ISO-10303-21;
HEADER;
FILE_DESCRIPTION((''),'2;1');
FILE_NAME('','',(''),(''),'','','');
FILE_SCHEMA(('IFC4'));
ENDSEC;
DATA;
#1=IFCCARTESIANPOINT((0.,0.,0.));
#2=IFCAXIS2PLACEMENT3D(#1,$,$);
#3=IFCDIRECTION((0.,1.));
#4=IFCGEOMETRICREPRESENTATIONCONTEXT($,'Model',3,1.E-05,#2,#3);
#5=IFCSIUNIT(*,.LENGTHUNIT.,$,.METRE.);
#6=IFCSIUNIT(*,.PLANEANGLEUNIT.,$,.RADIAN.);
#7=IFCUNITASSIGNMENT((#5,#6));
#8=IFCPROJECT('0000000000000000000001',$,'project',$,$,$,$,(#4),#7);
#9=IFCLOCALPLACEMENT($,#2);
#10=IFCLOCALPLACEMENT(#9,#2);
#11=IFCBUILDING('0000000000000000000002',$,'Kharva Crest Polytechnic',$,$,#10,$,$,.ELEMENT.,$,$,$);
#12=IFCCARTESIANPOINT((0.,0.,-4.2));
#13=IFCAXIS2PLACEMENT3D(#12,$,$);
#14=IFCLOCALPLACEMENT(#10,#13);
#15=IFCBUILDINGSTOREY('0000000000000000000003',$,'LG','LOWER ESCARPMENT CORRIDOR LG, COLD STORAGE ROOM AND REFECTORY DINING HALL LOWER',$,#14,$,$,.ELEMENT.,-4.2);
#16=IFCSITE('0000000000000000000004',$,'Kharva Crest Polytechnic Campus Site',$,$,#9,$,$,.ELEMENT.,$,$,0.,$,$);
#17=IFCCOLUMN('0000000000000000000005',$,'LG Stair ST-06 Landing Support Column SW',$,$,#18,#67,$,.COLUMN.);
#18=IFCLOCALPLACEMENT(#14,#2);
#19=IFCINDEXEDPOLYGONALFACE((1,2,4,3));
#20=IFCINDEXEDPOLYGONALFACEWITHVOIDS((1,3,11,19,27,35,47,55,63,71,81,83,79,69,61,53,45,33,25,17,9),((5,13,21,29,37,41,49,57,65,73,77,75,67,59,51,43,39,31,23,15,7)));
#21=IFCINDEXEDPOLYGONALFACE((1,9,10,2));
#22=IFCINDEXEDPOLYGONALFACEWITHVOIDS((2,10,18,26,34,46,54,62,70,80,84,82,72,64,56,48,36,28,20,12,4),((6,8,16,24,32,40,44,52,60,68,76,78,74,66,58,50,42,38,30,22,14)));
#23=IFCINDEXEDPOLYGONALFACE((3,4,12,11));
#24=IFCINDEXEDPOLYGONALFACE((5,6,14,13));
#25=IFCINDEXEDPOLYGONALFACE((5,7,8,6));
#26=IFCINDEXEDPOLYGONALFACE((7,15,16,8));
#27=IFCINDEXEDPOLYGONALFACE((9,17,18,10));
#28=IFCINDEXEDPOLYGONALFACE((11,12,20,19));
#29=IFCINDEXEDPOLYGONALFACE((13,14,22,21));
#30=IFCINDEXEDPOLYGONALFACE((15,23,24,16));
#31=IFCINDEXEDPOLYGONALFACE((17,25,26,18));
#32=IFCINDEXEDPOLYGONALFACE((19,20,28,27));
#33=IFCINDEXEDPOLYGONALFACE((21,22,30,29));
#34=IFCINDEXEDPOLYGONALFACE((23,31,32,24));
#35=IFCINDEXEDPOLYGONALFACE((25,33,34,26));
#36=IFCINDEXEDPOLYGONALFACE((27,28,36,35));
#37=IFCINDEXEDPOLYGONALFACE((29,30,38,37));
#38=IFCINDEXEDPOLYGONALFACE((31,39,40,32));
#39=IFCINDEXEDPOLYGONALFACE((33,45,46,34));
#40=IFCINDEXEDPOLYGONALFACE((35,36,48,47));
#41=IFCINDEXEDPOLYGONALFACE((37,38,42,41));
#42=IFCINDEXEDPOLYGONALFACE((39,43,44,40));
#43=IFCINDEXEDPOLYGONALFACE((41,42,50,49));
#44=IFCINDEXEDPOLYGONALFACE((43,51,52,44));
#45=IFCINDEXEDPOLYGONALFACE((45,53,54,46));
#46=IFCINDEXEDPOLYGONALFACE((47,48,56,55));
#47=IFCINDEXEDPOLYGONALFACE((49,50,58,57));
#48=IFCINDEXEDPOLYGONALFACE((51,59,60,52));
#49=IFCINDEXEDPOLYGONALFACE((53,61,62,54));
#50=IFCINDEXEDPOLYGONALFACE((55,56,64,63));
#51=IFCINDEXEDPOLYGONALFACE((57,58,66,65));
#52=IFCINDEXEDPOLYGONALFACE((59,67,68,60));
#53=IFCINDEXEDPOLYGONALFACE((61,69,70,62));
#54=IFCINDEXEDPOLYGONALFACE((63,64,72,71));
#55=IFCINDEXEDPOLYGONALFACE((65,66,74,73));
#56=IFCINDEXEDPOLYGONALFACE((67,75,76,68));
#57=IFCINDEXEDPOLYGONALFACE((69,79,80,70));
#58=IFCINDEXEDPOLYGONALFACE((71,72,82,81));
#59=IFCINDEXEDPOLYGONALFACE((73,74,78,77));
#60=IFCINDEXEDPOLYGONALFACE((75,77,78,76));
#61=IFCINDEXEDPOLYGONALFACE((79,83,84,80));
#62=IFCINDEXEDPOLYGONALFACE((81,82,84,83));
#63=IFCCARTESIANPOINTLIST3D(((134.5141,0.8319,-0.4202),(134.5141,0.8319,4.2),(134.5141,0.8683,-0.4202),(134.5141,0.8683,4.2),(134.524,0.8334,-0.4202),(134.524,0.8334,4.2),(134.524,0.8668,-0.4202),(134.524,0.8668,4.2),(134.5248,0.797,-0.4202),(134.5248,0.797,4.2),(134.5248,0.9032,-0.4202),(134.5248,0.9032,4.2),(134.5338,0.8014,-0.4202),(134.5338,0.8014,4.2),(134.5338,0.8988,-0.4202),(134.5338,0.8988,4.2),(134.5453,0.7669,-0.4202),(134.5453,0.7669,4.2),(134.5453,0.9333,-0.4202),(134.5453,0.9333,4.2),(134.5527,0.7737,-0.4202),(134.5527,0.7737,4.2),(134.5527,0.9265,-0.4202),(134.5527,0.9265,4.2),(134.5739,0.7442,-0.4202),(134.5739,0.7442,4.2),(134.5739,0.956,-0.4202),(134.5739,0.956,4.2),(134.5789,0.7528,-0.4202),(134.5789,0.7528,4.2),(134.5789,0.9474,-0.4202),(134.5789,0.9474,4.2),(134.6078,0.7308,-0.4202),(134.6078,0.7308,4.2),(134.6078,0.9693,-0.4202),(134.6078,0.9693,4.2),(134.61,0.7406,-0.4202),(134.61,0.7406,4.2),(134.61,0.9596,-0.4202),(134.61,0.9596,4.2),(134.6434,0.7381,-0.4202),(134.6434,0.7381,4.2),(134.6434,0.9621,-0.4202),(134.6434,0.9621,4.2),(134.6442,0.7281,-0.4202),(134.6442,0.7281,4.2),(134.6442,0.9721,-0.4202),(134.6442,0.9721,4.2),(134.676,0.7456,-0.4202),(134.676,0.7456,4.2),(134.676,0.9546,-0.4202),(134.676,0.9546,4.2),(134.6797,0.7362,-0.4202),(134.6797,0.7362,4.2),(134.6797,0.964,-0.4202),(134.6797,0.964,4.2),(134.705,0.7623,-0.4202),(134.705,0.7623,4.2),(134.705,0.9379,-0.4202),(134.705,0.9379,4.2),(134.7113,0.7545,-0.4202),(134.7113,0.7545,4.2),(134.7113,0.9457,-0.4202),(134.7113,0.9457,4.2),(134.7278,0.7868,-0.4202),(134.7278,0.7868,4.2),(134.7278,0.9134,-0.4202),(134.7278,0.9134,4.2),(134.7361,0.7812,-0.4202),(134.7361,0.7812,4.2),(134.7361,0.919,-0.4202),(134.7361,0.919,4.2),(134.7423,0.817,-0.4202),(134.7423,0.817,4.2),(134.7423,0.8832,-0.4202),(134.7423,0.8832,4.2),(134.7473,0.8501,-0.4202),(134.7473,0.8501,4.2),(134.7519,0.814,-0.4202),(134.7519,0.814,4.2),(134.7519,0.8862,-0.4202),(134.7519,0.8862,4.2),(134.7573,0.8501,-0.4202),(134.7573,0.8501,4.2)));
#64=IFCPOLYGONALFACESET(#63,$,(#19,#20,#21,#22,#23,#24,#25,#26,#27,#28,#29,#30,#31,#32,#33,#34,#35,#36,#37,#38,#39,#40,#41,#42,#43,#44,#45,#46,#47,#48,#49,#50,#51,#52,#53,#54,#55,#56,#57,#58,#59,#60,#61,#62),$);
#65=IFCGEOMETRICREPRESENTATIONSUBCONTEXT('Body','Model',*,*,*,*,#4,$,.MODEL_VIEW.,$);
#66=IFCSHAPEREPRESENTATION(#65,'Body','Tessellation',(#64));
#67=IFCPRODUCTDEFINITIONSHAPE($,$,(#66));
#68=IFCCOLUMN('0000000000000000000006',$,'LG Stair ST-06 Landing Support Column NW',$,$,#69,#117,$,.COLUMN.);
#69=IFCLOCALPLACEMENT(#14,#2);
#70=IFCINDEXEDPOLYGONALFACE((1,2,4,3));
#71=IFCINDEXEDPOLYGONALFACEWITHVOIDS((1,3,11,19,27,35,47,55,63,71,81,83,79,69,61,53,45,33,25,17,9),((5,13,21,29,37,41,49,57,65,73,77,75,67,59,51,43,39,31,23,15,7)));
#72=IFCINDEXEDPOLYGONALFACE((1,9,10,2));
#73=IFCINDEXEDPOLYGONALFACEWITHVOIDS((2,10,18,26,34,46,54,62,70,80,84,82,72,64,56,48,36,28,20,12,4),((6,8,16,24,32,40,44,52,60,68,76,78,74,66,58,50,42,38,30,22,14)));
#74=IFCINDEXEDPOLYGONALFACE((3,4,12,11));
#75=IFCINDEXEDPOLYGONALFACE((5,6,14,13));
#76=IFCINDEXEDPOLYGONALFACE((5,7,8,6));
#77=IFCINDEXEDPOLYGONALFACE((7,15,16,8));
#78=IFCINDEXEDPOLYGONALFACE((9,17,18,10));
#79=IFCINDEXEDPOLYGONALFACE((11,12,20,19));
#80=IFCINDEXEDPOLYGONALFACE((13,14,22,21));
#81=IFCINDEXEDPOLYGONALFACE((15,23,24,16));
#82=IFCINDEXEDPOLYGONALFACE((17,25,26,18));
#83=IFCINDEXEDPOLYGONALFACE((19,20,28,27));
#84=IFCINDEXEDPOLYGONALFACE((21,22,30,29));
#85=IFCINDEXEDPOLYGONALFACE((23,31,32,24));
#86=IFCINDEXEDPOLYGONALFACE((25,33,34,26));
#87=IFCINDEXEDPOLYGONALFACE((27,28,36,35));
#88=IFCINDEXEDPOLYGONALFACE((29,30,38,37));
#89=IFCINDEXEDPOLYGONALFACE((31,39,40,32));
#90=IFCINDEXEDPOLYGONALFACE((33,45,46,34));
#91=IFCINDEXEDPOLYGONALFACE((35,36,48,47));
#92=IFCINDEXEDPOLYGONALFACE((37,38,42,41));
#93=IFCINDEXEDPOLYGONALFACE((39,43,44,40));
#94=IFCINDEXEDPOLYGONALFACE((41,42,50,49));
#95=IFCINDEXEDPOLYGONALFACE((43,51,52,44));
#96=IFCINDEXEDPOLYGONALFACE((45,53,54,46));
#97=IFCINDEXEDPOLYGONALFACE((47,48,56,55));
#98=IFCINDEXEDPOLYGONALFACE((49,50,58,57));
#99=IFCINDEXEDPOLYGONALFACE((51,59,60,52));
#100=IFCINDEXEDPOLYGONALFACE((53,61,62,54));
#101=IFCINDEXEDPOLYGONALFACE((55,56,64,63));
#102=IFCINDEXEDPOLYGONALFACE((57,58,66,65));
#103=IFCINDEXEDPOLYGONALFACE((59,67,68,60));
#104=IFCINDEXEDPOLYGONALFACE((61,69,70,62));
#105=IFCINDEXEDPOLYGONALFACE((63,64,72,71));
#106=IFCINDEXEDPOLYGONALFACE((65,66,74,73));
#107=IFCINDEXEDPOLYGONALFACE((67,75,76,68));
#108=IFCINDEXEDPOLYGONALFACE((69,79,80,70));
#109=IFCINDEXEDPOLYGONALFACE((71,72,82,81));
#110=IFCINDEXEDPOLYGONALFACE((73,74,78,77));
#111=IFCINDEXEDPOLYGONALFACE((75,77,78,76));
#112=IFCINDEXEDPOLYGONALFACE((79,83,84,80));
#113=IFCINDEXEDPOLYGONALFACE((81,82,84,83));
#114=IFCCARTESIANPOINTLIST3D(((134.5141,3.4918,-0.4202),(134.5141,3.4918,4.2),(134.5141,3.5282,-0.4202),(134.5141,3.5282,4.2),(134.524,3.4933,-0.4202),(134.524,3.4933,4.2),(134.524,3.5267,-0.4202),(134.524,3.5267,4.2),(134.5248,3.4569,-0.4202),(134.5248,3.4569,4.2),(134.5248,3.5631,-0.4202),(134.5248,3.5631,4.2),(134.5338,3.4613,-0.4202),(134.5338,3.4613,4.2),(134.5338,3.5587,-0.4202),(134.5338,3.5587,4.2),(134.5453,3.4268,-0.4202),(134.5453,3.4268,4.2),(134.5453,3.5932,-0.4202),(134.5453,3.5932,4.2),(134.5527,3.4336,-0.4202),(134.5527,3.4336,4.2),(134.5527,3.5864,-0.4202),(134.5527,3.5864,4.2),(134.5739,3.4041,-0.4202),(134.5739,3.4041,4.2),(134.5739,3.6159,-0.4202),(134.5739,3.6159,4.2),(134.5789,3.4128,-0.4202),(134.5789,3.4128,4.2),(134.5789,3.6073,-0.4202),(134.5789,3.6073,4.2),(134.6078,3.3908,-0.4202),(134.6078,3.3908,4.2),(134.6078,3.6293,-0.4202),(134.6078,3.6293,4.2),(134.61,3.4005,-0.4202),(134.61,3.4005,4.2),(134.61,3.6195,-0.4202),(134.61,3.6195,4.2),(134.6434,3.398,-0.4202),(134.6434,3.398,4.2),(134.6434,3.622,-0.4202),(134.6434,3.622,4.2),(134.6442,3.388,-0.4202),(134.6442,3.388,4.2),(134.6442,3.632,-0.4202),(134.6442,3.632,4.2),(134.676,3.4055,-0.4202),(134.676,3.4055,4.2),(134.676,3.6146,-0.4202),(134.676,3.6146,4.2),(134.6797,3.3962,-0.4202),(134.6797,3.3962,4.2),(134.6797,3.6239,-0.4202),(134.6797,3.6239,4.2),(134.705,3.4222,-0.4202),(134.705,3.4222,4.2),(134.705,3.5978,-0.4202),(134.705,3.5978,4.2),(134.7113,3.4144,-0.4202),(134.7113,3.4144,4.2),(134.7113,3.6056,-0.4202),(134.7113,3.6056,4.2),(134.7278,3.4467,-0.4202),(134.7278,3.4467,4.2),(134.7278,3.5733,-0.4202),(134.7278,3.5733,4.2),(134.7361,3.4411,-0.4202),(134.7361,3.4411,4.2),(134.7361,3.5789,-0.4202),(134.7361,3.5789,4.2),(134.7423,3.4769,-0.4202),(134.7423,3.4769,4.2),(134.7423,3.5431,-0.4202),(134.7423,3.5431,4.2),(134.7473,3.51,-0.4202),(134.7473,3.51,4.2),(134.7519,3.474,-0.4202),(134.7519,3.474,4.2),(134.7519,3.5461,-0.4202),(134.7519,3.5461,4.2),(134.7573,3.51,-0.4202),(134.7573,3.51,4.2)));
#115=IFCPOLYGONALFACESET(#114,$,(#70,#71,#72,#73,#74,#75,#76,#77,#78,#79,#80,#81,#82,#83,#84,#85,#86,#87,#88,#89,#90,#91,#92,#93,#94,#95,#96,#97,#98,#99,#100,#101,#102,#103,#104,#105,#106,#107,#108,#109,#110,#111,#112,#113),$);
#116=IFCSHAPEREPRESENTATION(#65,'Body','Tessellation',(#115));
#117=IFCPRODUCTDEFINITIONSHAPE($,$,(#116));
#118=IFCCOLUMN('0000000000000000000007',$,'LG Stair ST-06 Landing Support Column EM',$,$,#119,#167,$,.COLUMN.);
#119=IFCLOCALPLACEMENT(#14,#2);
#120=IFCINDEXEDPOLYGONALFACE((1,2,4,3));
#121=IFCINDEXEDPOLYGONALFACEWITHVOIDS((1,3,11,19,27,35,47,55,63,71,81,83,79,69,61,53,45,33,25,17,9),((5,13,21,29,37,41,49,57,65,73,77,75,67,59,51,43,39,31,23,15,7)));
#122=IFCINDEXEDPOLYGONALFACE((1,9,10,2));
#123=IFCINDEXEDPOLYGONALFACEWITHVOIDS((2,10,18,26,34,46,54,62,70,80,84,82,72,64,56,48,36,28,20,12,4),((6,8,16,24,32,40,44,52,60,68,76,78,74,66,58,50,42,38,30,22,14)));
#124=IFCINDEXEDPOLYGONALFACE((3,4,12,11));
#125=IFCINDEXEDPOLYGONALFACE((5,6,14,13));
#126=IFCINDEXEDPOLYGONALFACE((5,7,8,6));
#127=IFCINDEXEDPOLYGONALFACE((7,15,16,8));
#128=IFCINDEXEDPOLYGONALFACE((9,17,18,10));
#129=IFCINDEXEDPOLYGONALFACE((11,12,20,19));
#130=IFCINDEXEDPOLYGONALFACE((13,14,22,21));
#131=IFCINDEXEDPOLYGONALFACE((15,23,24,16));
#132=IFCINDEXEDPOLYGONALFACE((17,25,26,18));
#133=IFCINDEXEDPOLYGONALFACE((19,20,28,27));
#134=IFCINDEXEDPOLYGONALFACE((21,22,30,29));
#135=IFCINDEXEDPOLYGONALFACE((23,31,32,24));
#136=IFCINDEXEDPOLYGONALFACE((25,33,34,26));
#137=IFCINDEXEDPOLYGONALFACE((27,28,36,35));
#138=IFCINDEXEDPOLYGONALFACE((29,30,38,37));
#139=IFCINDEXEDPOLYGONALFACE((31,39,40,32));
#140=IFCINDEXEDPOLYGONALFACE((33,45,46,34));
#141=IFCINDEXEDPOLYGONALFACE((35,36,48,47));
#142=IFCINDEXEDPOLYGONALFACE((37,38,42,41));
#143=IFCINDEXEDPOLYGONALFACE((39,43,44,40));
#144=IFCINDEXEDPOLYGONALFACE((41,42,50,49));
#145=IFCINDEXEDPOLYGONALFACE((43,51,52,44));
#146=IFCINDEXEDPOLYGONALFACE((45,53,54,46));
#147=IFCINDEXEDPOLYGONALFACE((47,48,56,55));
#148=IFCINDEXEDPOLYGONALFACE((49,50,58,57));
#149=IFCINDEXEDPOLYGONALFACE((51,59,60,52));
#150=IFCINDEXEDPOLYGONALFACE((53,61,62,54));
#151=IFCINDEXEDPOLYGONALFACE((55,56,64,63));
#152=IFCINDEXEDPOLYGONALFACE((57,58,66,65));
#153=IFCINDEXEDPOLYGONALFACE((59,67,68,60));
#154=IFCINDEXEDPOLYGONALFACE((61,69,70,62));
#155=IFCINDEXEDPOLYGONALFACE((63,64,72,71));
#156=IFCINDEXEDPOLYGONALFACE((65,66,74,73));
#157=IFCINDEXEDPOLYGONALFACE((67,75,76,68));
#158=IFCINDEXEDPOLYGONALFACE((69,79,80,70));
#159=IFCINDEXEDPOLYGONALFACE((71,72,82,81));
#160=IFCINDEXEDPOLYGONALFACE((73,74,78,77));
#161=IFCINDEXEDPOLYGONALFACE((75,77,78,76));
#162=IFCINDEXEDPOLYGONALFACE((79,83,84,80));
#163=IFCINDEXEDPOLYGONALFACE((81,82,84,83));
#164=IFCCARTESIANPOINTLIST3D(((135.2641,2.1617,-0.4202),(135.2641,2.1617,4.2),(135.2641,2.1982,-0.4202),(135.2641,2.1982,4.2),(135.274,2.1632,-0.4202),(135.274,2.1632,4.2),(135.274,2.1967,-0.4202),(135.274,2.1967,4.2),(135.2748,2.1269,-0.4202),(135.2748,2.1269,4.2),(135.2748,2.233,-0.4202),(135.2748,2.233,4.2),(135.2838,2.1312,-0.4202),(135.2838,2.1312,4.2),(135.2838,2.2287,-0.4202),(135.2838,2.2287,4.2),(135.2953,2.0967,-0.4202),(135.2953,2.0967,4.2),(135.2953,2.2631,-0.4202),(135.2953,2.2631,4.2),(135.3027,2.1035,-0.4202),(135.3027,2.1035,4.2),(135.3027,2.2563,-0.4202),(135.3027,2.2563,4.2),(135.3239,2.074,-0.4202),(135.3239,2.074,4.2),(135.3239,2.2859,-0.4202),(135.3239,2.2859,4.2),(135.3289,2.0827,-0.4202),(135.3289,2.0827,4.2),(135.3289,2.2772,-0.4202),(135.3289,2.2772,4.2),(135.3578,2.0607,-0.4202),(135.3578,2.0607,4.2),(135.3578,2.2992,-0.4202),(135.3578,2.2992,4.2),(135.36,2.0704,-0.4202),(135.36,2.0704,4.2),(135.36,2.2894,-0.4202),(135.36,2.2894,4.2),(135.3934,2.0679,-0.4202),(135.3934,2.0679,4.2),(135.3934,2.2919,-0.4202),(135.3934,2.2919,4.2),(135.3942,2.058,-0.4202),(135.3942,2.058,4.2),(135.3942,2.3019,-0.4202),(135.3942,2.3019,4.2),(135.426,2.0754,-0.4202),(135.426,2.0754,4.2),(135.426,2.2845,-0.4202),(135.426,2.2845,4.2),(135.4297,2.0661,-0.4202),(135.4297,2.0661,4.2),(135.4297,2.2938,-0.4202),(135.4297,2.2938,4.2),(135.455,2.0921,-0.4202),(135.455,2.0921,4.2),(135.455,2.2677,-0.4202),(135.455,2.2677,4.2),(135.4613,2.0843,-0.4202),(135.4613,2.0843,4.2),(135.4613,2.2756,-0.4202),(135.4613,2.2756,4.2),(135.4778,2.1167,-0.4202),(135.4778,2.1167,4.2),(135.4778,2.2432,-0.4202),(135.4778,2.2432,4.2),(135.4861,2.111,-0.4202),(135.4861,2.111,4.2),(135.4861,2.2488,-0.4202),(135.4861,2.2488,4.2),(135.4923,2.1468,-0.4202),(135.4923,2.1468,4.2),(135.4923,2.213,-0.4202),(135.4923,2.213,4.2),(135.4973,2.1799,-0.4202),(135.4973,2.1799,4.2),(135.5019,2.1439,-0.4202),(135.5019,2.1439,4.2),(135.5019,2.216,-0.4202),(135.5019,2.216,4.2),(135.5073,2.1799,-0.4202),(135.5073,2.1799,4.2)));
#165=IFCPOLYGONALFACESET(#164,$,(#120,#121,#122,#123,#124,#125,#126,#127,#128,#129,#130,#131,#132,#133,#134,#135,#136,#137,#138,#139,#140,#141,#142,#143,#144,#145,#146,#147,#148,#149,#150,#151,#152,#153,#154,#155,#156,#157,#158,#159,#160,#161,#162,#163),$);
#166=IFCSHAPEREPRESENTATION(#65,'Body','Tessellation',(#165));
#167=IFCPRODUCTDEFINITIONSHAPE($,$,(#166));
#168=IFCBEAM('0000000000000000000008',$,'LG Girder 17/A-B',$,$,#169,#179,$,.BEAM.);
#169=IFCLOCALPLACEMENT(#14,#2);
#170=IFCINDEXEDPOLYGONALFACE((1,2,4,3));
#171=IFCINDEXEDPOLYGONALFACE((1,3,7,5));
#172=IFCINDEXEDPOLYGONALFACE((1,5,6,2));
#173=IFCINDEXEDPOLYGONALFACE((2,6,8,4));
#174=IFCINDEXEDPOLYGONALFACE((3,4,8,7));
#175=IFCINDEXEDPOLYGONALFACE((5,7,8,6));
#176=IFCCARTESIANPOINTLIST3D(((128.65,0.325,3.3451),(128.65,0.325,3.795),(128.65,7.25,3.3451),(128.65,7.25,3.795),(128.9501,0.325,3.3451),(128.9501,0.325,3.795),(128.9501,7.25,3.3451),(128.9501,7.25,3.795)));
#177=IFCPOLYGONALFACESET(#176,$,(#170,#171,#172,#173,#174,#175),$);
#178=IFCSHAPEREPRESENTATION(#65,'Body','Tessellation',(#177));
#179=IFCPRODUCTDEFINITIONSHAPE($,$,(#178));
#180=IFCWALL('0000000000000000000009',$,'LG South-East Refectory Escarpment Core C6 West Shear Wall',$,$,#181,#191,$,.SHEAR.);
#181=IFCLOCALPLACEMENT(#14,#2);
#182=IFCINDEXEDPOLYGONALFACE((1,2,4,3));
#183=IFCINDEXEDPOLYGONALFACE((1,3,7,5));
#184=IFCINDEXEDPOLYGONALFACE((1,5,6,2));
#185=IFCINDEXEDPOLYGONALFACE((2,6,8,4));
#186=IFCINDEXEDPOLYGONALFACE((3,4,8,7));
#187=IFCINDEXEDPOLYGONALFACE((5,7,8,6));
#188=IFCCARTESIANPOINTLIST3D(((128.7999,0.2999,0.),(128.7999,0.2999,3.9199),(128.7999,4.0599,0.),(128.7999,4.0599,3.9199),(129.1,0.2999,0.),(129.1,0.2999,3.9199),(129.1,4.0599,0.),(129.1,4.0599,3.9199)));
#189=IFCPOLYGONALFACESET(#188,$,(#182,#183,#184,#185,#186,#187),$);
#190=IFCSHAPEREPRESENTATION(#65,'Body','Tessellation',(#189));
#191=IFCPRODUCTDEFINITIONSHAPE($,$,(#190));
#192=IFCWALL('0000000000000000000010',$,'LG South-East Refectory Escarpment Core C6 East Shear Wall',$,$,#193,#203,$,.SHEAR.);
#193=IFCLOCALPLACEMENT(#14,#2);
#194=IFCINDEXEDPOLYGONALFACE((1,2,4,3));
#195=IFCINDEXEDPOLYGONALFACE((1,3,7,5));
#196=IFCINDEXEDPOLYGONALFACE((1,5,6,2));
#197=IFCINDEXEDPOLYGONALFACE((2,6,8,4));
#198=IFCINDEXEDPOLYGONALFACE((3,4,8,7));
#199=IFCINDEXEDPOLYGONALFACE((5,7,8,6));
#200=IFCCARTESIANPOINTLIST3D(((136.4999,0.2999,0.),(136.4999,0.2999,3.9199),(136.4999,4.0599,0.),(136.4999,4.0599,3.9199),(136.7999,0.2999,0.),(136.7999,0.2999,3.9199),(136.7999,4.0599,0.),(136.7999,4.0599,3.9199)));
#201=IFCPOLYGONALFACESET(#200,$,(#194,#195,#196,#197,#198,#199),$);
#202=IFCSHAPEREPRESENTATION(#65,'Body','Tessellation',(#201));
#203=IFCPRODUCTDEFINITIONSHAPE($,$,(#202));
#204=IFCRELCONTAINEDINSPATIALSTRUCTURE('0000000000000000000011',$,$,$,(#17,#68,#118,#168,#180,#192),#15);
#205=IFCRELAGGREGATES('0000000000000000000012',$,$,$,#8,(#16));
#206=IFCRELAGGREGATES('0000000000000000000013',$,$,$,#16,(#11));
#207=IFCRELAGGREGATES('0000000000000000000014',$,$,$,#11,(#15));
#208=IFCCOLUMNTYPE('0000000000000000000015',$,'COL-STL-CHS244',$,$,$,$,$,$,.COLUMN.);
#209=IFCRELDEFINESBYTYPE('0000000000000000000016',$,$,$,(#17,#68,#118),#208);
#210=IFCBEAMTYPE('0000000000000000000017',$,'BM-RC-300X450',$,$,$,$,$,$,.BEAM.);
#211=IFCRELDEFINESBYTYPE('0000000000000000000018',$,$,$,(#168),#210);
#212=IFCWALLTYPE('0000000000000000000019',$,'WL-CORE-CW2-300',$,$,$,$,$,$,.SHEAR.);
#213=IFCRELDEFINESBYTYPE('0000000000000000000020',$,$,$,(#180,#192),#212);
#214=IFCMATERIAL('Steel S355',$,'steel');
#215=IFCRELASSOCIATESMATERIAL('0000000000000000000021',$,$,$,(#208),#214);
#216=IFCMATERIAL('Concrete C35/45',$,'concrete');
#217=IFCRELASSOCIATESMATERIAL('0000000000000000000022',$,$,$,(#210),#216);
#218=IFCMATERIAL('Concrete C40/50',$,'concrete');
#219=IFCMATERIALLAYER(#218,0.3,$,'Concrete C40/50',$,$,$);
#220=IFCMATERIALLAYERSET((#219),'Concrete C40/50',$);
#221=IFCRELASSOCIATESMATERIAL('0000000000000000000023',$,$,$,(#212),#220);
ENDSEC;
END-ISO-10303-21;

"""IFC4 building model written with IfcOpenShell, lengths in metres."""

from ifc_helpers import new_model, si_unit, direction, frame, frame_2d, origin, origin_2d, place, context, subcontext, project, spatial, rectangle, hollow_circle, extrude, material, layer, layer_set, material_profile, profile_set, type_object, element, save


model = new_model("IFC4")

# Units and contexts
model_context = context("Model", 3, precision=1e-05, world=origin(), true_north=direction((0.0, 1.0)))
body_context = subcontext(model_context, "Body", "Model", "MODEL_VIEW")
ifc_project = project(units=[si_unit("LENGTHUNIT", "METRE"), si_unit("PLANEANGLEUNIT", "RADIAN")], contexts=[model_context])

# Site, building, storey
site_placement = place(None, origin())
site = spatial("IfcSite", under=ifc_project, at=site_placement, Name="Kharva Crest Polytechnic Campus Site", CompositionType="ELEMENT", RefElevation=0.0)
building_placement = place(site_placement, origin())
building = spatial("IfcBuilding", under=site, at=building_placement, Name="Kharva Crest Polytechnic", CompositionType="ELEMENT")
storey_placement = place(building_placement, frame((0.0, 0.0, -4.2)))
storey = spatial("IfcBuildingStorey", under=building, at=storey_placement, Name="LG", Description="LOWER ESCARPMENT CORRIDOR LG, COLD STORAGE ROOM AND REFECTORY DINING HALL LOWER", CompositionType="ELEMENT", Elevation=-4.2)

# Shared definitions
ifc_material_1 = material(Name="Concrete C35/45", Category="concrete")

# Columns
ifc_material_2 = material(Name="Concrete C40/50", Category="concrete")
ifc_material_3 = material(Name="Steel S355", Category="steel")
ifc_material_profile_1 = material_profile(ifc_material_3, hollow_circle(Radius=0.1223, WallThickness=0.01, at=origin_2d()), Name="CHS 244.5X10.0")
ifc_profile_set_1 = profile_set([ifc_material_profile_1], Name="Steel S355")
column_type_1 = type_object("IfcColumnType", Name="COL-STL-CHS244", PredefinedType="COLUMN", material=ifc_profile_set_1)
for number, where, z_axis, x_axis, name in (
    (1, (134.635, 0.8501, -0.4202), (0.0, 0.0, 1.0), (1.0, 0.0, 0.0), "LG Stair ST-06 Landing Support Column SW"),
    (2, (134.635, 3.51, -0.4202), (0.0, 0.0, 1.0), (1.0, 0.0, 0.0), "LG Stair ST-06 Landing Support Column NW"),
    (3, (135.385, 2.1799, -0.4202), (0.0, 0.0, 1.0), (1.0, 0.0, 0.0), "LG Stair ST-06 Landing Support Column EM"),
):
    element("IfcColumn", number, at=place(storey_placement, frame(where, z_axis=z_axis, x_axis=x_axis)), inside=storey, type_object=column_type_1, Name=name, PredefinedType="COLUMN", context=body_context, shape_type="SweptSolid", body=[
        extrude(hollow_circle(Radius=0.1223, WallThickness=0.01, at=origin_2d()), origin(), (0.0, 0.0, 1.0), 4.6201),
    ])

# Beam
ifc_material_profile_2 = material_profile(ifc_material_1, rectangle(XDim=0.3, YDim=0.45, at=origin_2d()), Name="RECT 300 X 450")
ifc_profile_set_2 = profile_set([ifc_material_profile_2], Name="Concrete C35/45")
beam_type = type_object("IfcBeamType", Name="BM-RC-300X450", PredefinedType="BEAM", material=ifc_profile_set_2)
beam_placement = place(storey_placement, frame((128.8, 0.325, 3.5701), z_axis=(0.0, 1.0, 0.0), x_axis=(-1.0, 0.0, 0.0)))
element("IfcBeam", 4, at=beam_placement, inside=storey, type_object=beam_type, Name="LG Girder 17/A-B", PredefinedType="BEAM", context=body_context, shape_type="SweptSolid", body=[
    extrude(rectangle(XDim=0.3, YDim=0.45, at=origin_2d()), origin(), (0.0, 0.0, 1.0), 6.925),
])

# Walls
ifc_layer_1 = layer(ifc_material_2, 0.3, Name="Concrete C40/50")
ifc_layer_set_1 = layer_set([ifc_layer_1], Name="Concrete C40/50")
wall_type_1 = type_object("IfcWallType", Name="WL-CORE-CW2-300", PredefinedType="SHEAR", material=ifc_layer_set_1)
for number, where, z_axis, x_axis, name in (
    (5, (128.95, 0.3, 0.0), (0.0, 0.0, 1.0), (0.0, 1.0, 0.0), "LG South-East Refectory Escarpment Core C6 West Shear Wall"),
    (6, (136.6499, 0.3, 0.0), (0.0, 0.0, 1.0), (0.0, 1.0, 0.0), "LG South-East Refectory Escarpment Core C6 East Shear Wall"),
):
    element("IfcWall", number, at=place(storey_placement, frame(where, z_axis=z_axis, x_axis=x_axis)), inside=storey, type_object=wall_type_1, Name=name, PredefinedType="SHEAR", context=body_context, shape_type="SweptSolid", body=[
        extrude(rectangle(XDim=3.76, YDim=0.3, at=frame_2d((1.8799, 0.0))), origin(), (0.0, 0.0, 1.0), 3.9199),
    ])

save(model, "model.ifc")
